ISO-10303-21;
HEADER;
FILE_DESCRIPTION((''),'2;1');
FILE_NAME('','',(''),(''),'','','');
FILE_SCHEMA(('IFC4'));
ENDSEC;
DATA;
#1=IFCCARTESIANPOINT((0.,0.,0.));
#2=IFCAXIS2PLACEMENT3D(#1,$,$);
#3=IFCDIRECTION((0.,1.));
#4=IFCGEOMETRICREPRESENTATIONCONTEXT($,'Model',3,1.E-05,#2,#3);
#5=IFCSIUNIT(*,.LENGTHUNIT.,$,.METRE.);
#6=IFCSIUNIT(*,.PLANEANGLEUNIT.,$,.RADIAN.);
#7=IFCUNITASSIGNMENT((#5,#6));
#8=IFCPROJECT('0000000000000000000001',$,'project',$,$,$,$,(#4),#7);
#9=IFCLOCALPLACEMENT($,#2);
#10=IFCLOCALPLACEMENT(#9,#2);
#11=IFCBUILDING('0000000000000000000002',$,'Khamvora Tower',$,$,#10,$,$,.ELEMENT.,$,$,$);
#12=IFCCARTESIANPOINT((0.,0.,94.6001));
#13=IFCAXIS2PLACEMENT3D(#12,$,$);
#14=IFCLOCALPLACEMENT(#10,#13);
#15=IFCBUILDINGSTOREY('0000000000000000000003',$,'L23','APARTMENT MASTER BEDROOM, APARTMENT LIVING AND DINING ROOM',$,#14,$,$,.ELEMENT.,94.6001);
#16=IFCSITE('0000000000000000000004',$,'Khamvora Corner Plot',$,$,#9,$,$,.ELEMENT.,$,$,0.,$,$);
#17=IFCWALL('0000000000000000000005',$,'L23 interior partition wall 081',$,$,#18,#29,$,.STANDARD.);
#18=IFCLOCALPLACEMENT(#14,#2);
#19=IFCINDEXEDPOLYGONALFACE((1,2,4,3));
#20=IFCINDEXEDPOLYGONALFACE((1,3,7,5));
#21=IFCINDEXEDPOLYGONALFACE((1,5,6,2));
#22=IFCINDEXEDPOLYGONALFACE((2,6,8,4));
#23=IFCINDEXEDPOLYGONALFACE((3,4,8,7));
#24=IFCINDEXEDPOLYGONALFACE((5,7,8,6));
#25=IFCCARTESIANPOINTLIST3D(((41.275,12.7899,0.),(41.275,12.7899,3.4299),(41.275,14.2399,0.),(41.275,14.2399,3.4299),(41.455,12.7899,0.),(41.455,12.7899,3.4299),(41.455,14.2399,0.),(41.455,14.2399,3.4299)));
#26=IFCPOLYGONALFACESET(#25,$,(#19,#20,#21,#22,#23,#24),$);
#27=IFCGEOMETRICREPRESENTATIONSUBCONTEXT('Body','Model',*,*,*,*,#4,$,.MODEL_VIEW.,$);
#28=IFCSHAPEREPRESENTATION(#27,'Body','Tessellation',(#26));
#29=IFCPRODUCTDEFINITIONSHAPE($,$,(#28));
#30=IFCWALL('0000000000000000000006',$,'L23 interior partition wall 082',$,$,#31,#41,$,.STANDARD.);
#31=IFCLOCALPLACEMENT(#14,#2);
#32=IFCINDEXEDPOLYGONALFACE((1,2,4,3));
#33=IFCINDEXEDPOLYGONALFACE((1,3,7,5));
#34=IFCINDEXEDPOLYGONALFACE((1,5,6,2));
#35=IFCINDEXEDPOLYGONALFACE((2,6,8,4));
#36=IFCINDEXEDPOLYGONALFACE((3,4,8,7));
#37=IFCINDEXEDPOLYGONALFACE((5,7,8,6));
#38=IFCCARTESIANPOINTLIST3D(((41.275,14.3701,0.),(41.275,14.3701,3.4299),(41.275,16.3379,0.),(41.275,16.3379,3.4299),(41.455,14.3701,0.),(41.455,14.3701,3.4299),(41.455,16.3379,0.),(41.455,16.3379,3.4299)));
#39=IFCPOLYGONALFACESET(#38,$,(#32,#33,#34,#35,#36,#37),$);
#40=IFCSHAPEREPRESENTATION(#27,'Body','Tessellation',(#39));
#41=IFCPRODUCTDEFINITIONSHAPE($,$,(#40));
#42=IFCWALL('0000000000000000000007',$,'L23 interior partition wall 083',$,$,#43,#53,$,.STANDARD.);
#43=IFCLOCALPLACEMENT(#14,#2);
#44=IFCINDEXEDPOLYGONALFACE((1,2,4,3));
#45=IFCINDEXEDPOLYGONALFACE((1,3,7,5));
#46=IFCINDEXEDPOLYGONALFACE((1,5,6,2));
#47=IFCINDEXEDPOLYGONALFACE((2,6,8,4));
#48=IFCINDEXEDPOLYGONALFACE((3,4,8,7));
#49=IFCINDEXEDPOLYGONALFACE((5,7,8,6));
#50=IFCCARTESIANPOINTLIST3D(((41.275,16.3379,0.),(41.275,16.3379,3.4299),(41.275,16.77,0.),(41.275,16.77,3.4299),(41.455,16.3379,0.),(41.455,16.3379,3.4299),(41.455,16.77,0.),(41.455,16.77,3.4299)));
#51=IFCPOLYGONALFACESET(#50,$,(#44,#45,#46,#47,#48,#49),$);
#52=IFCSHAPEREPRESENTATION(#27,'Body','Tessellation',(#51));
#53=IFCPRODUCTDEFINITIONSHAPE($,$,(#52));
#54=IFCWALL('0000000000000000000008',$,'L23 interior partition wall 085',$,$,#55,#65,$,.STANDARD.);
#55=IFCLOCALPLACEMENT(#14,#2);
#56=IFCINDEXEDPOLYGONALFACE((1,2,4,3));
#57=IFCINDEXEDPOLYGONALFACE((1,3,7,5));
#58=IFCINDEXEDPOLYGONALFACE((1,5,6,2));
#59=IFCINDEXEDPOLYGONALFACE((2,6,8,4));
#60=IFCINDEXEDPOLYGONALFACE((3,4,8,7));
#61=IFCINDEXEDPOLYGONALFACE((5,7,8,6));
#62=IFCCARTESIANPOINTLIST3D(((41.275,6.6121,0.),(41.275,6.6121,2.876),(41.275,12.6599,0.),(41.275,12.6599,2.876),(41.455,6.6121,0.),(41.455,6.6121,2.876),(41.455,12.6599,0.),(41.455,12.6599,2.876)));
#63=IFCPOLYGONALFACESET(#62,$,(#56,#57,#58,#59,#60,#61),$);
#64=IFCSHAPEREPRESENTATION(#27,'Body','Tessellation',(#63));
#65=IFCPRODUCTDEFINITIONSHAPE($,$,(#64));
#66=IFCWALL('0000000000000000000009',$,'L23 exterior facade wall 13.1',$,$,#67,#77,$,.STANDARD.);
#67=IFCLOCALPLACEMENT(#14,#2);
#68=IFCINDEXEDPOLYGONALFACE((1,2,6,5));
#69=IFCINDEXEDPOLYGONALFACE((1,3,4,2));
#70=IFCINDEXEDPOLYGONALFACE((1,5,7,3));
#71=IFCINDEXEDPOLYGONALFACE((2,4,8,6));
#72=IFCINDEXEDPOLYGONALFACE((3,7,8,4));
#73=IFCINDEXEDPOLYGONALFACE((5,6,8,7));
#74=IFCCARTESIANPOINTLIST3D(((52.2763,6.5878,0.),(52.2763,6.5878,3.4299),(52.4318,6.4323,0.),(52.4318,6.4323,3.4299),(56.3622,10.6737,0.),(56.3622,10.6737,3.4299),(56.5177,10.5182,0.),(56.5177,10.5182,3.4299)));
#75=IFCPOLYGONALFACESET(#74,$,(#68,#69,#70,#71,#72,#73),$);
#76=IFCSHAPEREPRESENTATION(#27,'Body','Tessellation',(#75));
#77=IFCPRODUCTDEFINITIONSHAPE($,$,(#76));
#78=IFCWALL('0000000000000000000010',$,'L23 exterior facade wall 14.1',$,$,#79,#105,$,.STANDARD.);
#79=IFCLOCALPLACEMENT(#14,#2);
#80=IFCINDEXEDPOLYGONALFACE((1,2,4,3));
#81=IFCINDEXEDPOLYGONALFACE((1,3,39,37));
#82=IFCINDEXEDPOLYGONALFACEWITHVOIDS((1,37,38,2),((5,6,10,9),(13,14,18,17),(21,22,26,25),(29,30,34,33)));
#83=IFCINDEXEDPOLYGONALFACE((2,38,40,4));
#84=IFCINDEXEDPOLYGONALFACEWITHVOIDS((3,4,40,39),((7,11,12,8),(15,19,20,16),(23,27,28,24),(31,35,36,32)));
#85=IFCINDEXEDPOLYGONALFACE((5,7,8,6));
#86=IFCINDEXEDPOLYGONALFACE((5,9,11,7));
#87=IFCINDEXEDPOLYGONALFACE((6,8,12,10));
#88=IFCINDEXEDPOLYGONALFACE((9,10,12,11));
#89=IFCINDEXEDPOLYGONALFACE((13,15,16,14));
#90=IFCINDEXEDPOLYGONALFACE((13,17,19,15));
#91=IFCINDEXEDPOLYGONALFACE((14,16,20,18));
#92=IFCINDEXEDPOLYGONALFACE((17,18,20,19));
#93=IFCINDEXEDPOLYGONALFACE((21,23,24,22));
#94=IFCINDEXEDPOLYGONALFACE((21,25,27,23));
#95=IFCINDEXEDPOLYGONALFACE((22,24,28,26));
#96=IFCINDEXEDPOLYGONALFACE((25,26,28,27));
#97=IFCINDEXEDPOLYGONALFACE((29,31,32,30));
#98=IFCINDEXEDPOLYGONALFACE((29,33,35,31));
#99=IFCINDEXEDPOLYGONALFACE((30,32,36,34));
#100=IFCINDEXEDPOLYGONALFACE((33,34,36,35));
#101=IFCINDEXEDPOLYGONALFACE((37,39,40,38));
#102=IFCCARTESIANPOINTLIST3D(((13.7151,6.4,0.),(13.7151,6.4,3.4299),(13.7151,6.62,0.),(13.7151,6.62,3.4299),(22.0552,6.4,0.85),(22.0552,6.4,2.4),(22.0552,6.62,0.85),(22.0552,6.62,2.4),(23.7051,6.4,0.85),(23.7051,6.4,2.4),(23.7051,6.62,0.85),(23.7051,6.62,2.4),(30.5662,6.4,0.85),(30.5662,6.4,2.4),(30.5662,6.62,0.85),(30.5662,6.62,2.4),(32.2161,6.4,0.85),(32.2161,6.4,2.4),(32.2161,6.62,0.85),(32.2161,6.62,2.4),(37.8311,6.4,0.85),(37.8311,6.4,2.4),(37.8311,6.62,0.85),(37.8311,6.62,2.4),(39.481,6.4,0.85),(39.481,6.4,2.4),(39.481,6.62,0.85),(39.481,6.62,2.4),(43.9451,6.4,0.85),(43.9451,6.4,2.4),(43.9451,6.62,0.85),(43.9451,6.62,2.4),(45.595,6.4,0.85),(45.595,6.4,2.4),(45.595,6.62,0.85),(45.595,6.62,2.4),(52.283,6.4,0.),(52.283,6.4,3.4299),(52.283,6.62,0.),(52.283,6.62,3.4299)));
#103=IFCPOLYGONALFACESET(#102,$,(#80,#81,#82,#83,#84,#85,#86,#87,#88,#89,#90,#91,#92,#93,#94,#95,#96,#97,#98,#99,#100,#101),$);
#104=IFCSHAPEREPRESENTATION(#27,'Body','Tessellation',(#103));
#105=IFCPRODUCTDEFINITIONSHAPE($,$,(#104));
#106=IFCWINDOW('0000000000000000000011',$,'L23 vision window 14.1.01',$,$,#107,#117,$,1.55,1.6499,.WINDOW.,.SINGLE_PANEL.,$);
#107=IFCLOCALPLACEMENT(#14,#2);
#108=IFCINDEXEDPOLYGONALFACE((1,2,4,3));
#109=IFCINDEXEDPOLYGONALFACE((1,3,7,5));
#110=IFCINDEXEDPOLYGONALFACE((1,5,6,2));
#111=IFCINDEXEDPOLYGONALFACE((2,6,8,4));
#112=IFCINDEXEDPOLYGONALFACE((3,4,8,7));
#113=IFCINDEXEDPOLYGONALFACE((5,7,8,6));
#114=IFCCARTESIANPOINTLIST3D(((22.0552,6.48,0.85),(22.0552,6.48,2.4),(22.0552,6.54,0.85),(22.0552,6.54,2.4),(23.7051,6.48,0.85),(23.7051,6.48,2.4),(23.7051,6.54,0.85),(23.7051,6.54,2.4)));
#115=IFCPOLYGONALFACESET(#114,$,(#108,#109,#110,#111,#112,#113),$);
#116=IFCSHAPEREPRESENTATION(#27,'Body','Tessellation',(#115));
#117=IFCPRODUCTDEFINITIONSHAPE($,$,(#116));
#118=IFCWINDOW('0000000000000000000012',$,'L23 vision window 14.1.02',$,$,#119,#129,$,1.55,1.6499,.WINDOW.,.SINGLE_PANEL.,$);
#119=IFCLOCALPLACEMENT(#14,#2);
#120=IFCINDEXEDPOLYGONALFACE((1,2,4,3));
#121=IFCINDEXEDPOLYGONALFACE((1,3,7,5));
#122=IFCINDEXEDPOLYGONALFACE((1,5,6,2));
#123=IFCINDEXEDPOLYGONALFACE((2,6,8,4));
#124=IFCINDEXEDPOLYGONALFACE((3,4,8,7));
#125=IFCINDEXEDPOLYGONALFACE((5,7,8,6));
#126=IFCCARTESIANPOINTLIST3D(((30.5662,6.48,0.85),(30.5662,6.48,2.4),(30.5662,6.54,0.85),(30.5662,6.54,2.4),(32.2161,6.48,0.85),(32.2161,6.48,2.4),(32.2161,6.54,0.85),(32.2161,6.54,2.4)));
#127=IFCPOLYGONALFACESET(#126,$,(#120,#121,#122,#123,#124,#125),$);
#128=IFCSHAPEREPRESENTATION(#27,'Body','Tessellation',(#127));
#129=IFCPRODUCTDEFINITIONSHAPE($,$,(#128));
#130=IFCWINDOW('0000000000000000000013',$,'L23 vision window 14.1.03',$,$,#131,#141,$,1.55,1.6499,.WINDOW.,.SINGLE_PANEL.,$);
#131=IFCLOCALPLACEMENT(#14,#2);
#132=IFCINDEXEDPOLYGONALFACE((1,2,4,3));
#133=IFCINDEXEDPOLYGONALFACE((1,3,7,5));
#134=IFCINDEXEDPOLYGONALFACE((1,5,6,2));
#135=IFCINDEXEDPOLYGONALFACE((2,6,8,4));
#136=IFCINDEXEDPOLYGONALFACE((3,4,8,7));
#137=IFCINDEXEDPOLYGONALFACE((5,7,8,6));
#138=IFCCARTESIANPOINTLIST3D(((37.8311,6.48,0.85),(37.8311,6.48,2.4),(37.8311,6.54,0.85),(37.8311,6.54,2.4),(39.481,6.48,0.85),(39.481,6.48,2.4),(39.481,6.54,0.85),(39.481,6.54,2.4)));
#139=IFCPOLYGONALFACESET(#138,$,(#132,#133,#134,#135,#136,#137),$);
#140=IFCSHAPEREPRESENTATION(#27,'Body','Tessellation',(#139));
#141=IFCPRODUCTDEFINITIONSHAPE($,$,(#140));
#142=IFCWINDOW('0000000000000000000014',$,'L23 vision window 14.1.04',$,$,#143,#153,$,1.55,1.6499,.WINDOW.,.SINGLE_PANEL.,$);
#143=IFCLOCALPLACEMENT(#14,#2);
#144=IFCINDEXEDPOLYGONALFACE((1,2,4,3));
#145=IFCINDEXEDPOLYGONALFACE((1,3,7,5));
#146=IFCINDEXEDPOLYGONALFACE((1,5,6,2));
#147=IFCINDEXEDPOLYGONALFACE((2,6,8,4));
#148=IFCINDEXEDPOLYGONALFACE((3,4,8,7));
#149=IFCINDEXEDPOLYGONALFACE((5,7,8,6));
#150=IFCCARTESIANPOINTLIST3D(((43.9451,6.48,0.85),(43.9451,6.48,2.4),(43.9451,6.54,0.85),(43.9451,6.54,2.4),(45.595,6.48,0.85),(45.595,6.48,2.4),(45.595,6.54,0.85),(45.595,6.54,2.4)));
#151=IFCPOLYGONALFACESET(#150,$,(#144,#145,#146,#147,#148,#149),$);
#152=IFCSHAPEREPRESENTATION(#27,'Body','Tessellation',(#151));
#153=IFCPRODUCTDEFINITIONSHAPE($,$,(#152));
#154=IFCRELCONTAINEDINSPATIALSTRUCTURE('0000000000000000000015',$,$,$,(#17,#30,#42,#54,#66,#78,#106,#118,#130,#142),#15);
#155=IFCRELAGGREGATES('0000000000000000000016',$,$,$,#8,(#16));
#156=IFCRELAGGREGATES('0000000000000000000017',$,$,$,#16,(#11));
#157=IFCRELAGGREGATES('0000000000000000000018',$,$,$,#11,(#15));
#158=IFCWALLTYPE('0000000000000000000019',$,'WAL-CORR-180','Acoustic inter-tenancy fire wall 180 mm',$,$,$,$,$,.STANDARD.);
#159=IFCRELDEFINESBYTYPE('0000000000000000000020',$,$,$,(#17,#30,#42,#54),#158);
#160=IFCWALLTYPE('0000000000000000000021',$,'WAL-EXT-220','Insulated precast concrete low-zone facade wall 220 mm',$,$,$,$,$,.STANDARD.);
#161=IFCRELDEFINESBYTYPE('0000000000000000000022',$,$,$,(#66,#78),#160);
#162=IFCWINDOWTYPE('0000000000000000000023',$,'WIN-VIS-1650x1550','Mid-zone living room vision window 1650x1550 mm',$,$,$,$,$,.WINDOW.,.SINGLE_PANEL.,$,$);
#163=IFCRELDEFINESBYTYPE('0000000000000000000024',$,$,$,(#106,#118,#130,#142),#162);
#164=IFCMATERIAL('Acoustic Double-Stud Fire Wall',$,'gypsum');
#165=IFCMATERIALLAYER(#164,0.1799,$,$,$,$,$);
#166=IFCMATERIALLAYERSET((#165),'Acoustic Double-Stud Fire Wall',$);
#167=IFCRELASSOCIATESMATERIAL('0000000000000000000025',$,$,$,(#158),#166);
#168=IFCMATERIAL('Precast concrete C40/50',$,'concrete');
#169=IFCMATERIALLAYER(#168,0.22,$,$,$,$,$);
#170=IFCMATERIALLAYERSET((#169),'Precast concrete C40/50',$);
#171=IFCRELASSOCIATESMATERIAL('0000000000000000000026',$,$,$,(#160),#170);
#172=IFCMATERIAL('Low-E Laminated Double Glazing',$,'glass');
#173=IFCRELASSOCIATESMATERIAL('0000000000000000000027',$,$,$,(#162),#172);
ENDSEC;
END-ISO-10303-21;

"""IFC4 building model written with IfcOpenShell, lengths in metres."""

from ifc_helpers import new_model, si_unit, direction, frame, frame_2d, origin, place, context, subcontext, project, spatial, rectangle, extrude, material, layer, layer_set, type_object, element, fill, save


model = new_model("IFC4")

# Units and contexts
model_context = context("Model", 3, precision=1e-05, world=origin(), true_north=direction((0.0, 1.0)))
body_context = subcontext(model_context, "Body", "Model", "MODEL_VIEW")
ifc_project = project(units=[si_unit("LENGTHUNIT", "METRE"), si_unit("PLANEANGLEUNIT", "RADIAN")], contexts=[model_context])

# Site, building, storey
site_placement = place(None, origin())
site = spatial("IfcSite", under=ifc_project, at=site_placement, Name="Khamvora Corner Plot", CompositionType="ELEMENT", RefElevation=0.0)
building_placement = place(site_placement, origin())
building = spatial("IfcBuilding", under=site, at=building_placement, Name="Khamvora Tower", CompositionType="ELEMENT")
storey_placement = place(building_placement, frame((0.0, 0.0, 94.6001)))
storey = spatial("IfcBuildingStorey", under=building, at=storey_placement, Name="L23", Description="APARTMENT MASTER BEDROOM, APARTMENT LIVING AND DINING ROOM", CompositionType="ELEMENT", Elevation=94.6001)

# Walls
ifc_material_1 = material(Name="Acoustic Double-Stud Fire Wall", Category="gypsum")
ifc_layer_1 = layer(ifc_material_1, 0.1799)
ifc_layer_set_1 = layer_set([ifc_layer_1], Name="Acoustic Double-Stud Fire Wall")
wall_type_1 = type_object("IfcWallType", Name="WAL-CORR-180", Description="Acoustic inter-tenancy fire wall 180 mm", PredefinedType="STANDARD", material=ifc_layer_set_1)
wall_1_placement = place(storey_placement, frame((41.365, 14.24, 0.0), z_axis=(0.0, 0.0, 1.0), x_axis=(0.0, -1.0, 0.0)))
element("IfcWall", 1, at=wall_1_placement, inside=storey, type_object=wall_type_1, Name="L23 interior partition wall 081", PredefinedType="STANDARD", context=body_context, shape_type="SweptSolid", body=[
    extrude(rectangle(XDim=1.45, YDim=0.1799, at=frame_2d((0.7251, 0.0))), origin(), (0.0, 0.0, 1.0), 3.4299),
])
wall_2_placement = place(storey_placement, frame((41.365, 16.3379, 0.0), z_axis=(0.0, 0.0, 1.0), x_axis=(0.0, -1.0, 0.0)))
element("IfcWall", 2, at=wall_2_placement, inside=storey, type_object=wall_type_1, Name="L23 interior partition wall 082", PredefinedType="STANDARD", context=body_context, shape_type="SweptSolid", body=[
    extrude(rectangle(XDim=1.9678, YDim=0.1799, at=frame_2d((0.9839, 0.0))), origin(), (0.0, 0.0, 1.0), 3.4299),
])
wall_3_placement = place(storey_placement, frame((41.365, 16.77, 0.0), z_axis=(0.0, 0.0, 1.0), x_axis=(0.0, -1.0, 0.0)))
element("IfcWall", 3, at=wall_3_placement, inside=storey, type_object=wall_type_1, Name="L23 interior partition wall 083", PredefinedType="STANDARD", context=body_context, shape_type="SweptSolid", body=[
    extrude(rectangle(XDim=0.4321, YDim=0.1799, at=frame_2d((0.2161, 0.0))), origin(), (0.0, 0.0, 1.0), 3.4299),
])
wall_4_placement = place(storey_placement, frame((41.365, 12.6599, 0.0), z_axis=(0.0, 0.0, 1.0), x_axis=(0.0, -1.0, 0.0)))
element("IfcWall", 4, at=wall_4_placement, inside=storey, type_object=wall_type_1, Name="L23 interior partition wall 085", PredefinedType="STANDARD", context=body_context, shape_type="SweptSolid", body=[
    extrude(rectangle(XDim=6.0479, YDim=0.1799, at=frame_2d((3.0239, 0.0))), origin(), (0.0, 0.0, 1.0), 2.876),
])
ifc_material_2 = material(Name="Precast concrete C40/50", Category="concrete")
ifc_layer_2 = layer(ifc_material_2, 0.22)
ifc_layer_set_2 = layer_set([ifc_layer_2], Name="Precast concrete C40/50")
wall_type_2 = type_object("IfcWallType", Name="WAL-EXT-220", Description="Insulated precast concrete low-zone facade wall 220 mm", PredefinedType="STANDARD", material=ifc_layer_set_2)
wall_5_placement = place(storey_placement, frame((56.4399, 10.5959, 0.0), z_axis=(0.0, 0.0, 1.0), x_axis=(-0.707107, -0.707107, 0.0)))
element("IfcWall", 5, at=wall_5_placement, inside=storey, type_object=wall_type_2, Name="L23 exterior facade wall 13.1", PredefinedType="STANDARD", context=body_context, shape_type="SweptSolid", body=[
    extrude(rectangle(XDim=5.7783, YDim=0.22, at=frame_2d((2.8892, 0.0))), origin(), (0.0, 0.0, 1.0), 3.4299),
])

# Wall, openings, windows
wall_6_placement = place(storey_placement, frame((52.283, 6.51, 0.0), z_axis=(0.0, 0.0, 1.0), x_axis=(-1.0, 0.0, 0.0)))
wall_6 = element("IfcWall", 6, at=wall_6_placement, inside=storey, type_object=wall_type_2, Name="L23 exterior facade wall 14.1", PredefinedType="STANDARD", context=body_context, shape_type="SweptSolid", body=[
    extrude(rectangle(XDim=38.5679, YDim=0.22, at=frame_2d((19.2839, 0.0))), origin(), (0.0, 0.0, 1.0), 3.4299),
])
opening_1_placement = place(wall_6_placement, frame((28.5779, 0.0, 0.8501)))
opening_1 = element("IfcOpeningElement", 7, at=opening_1_placement, cuts=wall_6, PredefinedType="OPENING", context=body_context, shape_type="SweptSolid", body=[
    extrude(rectangle(XDim=1.6499, YDim=1.55, at=frame_2d((0.825, 0.7749))), frame((0.0, 0.1199, 0.0), z_axis=(0.0, -1.0, 0.0), x_axis=(1.0, 0.0, 0.0)), (0.0, 0.0, 1.0), 0.24),
])
opening_2_placement = place(wall_6_placement, frame((20.0669, 0.0, 0.8501)))
opening_2 = element("IfcOpeningElement", 8, at=opening_2_placement, cuts=wall_6, PredefinedType="OPENING", context=body_context, shape_type="SweptSolid", body=[
    extrude(rectangle(XDim=1.6499, YDim=1.55, at=frame_2d((0.825, 0.7749))), frame((0.0, 0.1199, 0.0), z_axis=(0.0, -1.0, 0.0), x_axis=(1.0, 0.0, 0.0)), (0.0, 0.0, 1.0), 0.24),
])
opening_3_placement = place(wall_6_placement, frame((12.802, 0.0, 0.8501)))
opening_3 = element("IfcOpeningElement", 9, at=opening_3_placement, cuts=wall_6, PredefinedType="OPENING", context=body_context, shape_type="SweptSolid", body=[
    extrude(rectangle(XDim=1.6499, YDim=1.55, at=frame_2d((0.825, 0.7749))), frame((0.0, 0.1199, 0.0), z_axis=(0.0, -1.0, 0.0), x_axis=(1.0, 0.0, 0.0)), (0.0, 0.0, 1.0), 0.24),
])
opening_4_placement = place(wall_6_placement, frame((6.688, 0.0, 0.8501)))
opening_4 = element("IfcOpeningElement", 10, at=opening_4_placement, cuts=wall_6, PredefinedType="OPENING", context=body_context, shape_type="SweptSolid", body=[
    extrude(rectangle(XDim=1.6499, YDim=1.55, at=frame_2d((0.825, 0.7749))), frame((0.0, 0.1199, 0.0), z_axis=(0.0, -1.0, 0.0), x_axis=(1.0, 0.0, 0.0)), (0.0, 0.0, 1.0), 0.24),
])
ifc_material_3 = material(Name="Low-E Laminated Double Glazing", Category="glass")
window_type = type_object("IfcWindowType", Name="WIN-VIS-1650x1550", Description="Mid-zone living room vision window 1650x1550 mm", PartitioningType="SINGLE_PANEL", PredefinedType="WINDOW", material=ifc_material_3)
window_1_placement = place(opening_1_placement, origin())
window_1 = element("IfcWindow", 11, at=window_1_placement, inside=storey, type_object=window_type, Name="L23 vision window 14.1.01", OverallHeight=1.55, OverallWidth=1.6499, PartitioningType="SINGLE_PANEL", PredefinedType="WINDOW", context=body_context, shape_type="SweptSolid", body=[
    extrude(rectangle(XDim=1.6499, YDim=1.55, at=frame_2d((0.825, 0.7749))), frame((0.0, 0.03, 0.0), z_axis=(0.0, -1.0, 0.0), x_axis=(1.0, 0.0, 0.0)), (0.0, 0.0, 1.0), 0.0601),
])
fill(opening_1, window_1)
window_2_placement = place(opening_2_placement, origin())
window_2 = element("IfcWindow", 12, at=window_2_placement, inside=storey, type_object=window_type, Name="L23 vision window 14.1.02", OverallHeight=1.55, OverallWidth=1.6499, PartitioningType="SINGLE_PANEL", PredefinedType="WINDOW", context=body_context, shape_type="SweptSolid", body=[
    extrude(rectangle(XDim=1.6499, YDim=1.55, at=frame_2d((0.825, 0.7749))), frame((0.0, 0.03, 0.0), z_axis=(0.0, -1.0, 0.0), x_axis=(1.0, 0.0, 0.0)), (0.0, 0.0, 1.0), 0.0601),
])
fill(opening_2, window_2)
window_3_placement = place(opening_3_placement, origin())
window_3 = element("IfcWindow", 13, at=window_3_placement, inside=storey, type_object=window_type, Name="L23 vision window 14.1.03", OverallHeight=1.55, OverallWidth=1.6499, PartitioningType="SINGLE_PANEL", PredefinedType="WINDOW", context=body_context, shape_type="SweptSolid", body=[
    extrude(rectangle(XDim=1.6499, YDim=1.55, at=frame_2d((0.825, 0.7749))), frame((0.0, 0.03, 0.0), z_axis=(0.0, -1.0, 0.0), x_axis=(1.0, 0.0, 0.0)), (0.0, 0.0, 1.0), 0.0601),
])
fill(opening_3, window_3)
window_4_placement = place(opening_4_placement, origin())
window_4 = element("IfcWindow", 14, at=window_4_placement, inside=storey, type_object=window_type, Name="L23 vision window 14.1.04", OverallHeight=1.55, OverallWidth=1.6499, PartitioningType="SINGLE_PANEL", PredefinedType="WINDOW", context=body_context, shape_type="SweptSolid", body=[
    extrude(rectangle(XDim=1.6499, YDim=1.55, at=frame_2d((0.825, 0.7749))), frame((0.0, 0.03, 0.0), z_axis=(0.0, -1.0, 0.0), x_axis=(1.0, 0.0, 0.0)), (0.0, 0.0, 1.0), 0.0601),
])
fill(opening_4, window_4)

save(model, "model.ifc")
